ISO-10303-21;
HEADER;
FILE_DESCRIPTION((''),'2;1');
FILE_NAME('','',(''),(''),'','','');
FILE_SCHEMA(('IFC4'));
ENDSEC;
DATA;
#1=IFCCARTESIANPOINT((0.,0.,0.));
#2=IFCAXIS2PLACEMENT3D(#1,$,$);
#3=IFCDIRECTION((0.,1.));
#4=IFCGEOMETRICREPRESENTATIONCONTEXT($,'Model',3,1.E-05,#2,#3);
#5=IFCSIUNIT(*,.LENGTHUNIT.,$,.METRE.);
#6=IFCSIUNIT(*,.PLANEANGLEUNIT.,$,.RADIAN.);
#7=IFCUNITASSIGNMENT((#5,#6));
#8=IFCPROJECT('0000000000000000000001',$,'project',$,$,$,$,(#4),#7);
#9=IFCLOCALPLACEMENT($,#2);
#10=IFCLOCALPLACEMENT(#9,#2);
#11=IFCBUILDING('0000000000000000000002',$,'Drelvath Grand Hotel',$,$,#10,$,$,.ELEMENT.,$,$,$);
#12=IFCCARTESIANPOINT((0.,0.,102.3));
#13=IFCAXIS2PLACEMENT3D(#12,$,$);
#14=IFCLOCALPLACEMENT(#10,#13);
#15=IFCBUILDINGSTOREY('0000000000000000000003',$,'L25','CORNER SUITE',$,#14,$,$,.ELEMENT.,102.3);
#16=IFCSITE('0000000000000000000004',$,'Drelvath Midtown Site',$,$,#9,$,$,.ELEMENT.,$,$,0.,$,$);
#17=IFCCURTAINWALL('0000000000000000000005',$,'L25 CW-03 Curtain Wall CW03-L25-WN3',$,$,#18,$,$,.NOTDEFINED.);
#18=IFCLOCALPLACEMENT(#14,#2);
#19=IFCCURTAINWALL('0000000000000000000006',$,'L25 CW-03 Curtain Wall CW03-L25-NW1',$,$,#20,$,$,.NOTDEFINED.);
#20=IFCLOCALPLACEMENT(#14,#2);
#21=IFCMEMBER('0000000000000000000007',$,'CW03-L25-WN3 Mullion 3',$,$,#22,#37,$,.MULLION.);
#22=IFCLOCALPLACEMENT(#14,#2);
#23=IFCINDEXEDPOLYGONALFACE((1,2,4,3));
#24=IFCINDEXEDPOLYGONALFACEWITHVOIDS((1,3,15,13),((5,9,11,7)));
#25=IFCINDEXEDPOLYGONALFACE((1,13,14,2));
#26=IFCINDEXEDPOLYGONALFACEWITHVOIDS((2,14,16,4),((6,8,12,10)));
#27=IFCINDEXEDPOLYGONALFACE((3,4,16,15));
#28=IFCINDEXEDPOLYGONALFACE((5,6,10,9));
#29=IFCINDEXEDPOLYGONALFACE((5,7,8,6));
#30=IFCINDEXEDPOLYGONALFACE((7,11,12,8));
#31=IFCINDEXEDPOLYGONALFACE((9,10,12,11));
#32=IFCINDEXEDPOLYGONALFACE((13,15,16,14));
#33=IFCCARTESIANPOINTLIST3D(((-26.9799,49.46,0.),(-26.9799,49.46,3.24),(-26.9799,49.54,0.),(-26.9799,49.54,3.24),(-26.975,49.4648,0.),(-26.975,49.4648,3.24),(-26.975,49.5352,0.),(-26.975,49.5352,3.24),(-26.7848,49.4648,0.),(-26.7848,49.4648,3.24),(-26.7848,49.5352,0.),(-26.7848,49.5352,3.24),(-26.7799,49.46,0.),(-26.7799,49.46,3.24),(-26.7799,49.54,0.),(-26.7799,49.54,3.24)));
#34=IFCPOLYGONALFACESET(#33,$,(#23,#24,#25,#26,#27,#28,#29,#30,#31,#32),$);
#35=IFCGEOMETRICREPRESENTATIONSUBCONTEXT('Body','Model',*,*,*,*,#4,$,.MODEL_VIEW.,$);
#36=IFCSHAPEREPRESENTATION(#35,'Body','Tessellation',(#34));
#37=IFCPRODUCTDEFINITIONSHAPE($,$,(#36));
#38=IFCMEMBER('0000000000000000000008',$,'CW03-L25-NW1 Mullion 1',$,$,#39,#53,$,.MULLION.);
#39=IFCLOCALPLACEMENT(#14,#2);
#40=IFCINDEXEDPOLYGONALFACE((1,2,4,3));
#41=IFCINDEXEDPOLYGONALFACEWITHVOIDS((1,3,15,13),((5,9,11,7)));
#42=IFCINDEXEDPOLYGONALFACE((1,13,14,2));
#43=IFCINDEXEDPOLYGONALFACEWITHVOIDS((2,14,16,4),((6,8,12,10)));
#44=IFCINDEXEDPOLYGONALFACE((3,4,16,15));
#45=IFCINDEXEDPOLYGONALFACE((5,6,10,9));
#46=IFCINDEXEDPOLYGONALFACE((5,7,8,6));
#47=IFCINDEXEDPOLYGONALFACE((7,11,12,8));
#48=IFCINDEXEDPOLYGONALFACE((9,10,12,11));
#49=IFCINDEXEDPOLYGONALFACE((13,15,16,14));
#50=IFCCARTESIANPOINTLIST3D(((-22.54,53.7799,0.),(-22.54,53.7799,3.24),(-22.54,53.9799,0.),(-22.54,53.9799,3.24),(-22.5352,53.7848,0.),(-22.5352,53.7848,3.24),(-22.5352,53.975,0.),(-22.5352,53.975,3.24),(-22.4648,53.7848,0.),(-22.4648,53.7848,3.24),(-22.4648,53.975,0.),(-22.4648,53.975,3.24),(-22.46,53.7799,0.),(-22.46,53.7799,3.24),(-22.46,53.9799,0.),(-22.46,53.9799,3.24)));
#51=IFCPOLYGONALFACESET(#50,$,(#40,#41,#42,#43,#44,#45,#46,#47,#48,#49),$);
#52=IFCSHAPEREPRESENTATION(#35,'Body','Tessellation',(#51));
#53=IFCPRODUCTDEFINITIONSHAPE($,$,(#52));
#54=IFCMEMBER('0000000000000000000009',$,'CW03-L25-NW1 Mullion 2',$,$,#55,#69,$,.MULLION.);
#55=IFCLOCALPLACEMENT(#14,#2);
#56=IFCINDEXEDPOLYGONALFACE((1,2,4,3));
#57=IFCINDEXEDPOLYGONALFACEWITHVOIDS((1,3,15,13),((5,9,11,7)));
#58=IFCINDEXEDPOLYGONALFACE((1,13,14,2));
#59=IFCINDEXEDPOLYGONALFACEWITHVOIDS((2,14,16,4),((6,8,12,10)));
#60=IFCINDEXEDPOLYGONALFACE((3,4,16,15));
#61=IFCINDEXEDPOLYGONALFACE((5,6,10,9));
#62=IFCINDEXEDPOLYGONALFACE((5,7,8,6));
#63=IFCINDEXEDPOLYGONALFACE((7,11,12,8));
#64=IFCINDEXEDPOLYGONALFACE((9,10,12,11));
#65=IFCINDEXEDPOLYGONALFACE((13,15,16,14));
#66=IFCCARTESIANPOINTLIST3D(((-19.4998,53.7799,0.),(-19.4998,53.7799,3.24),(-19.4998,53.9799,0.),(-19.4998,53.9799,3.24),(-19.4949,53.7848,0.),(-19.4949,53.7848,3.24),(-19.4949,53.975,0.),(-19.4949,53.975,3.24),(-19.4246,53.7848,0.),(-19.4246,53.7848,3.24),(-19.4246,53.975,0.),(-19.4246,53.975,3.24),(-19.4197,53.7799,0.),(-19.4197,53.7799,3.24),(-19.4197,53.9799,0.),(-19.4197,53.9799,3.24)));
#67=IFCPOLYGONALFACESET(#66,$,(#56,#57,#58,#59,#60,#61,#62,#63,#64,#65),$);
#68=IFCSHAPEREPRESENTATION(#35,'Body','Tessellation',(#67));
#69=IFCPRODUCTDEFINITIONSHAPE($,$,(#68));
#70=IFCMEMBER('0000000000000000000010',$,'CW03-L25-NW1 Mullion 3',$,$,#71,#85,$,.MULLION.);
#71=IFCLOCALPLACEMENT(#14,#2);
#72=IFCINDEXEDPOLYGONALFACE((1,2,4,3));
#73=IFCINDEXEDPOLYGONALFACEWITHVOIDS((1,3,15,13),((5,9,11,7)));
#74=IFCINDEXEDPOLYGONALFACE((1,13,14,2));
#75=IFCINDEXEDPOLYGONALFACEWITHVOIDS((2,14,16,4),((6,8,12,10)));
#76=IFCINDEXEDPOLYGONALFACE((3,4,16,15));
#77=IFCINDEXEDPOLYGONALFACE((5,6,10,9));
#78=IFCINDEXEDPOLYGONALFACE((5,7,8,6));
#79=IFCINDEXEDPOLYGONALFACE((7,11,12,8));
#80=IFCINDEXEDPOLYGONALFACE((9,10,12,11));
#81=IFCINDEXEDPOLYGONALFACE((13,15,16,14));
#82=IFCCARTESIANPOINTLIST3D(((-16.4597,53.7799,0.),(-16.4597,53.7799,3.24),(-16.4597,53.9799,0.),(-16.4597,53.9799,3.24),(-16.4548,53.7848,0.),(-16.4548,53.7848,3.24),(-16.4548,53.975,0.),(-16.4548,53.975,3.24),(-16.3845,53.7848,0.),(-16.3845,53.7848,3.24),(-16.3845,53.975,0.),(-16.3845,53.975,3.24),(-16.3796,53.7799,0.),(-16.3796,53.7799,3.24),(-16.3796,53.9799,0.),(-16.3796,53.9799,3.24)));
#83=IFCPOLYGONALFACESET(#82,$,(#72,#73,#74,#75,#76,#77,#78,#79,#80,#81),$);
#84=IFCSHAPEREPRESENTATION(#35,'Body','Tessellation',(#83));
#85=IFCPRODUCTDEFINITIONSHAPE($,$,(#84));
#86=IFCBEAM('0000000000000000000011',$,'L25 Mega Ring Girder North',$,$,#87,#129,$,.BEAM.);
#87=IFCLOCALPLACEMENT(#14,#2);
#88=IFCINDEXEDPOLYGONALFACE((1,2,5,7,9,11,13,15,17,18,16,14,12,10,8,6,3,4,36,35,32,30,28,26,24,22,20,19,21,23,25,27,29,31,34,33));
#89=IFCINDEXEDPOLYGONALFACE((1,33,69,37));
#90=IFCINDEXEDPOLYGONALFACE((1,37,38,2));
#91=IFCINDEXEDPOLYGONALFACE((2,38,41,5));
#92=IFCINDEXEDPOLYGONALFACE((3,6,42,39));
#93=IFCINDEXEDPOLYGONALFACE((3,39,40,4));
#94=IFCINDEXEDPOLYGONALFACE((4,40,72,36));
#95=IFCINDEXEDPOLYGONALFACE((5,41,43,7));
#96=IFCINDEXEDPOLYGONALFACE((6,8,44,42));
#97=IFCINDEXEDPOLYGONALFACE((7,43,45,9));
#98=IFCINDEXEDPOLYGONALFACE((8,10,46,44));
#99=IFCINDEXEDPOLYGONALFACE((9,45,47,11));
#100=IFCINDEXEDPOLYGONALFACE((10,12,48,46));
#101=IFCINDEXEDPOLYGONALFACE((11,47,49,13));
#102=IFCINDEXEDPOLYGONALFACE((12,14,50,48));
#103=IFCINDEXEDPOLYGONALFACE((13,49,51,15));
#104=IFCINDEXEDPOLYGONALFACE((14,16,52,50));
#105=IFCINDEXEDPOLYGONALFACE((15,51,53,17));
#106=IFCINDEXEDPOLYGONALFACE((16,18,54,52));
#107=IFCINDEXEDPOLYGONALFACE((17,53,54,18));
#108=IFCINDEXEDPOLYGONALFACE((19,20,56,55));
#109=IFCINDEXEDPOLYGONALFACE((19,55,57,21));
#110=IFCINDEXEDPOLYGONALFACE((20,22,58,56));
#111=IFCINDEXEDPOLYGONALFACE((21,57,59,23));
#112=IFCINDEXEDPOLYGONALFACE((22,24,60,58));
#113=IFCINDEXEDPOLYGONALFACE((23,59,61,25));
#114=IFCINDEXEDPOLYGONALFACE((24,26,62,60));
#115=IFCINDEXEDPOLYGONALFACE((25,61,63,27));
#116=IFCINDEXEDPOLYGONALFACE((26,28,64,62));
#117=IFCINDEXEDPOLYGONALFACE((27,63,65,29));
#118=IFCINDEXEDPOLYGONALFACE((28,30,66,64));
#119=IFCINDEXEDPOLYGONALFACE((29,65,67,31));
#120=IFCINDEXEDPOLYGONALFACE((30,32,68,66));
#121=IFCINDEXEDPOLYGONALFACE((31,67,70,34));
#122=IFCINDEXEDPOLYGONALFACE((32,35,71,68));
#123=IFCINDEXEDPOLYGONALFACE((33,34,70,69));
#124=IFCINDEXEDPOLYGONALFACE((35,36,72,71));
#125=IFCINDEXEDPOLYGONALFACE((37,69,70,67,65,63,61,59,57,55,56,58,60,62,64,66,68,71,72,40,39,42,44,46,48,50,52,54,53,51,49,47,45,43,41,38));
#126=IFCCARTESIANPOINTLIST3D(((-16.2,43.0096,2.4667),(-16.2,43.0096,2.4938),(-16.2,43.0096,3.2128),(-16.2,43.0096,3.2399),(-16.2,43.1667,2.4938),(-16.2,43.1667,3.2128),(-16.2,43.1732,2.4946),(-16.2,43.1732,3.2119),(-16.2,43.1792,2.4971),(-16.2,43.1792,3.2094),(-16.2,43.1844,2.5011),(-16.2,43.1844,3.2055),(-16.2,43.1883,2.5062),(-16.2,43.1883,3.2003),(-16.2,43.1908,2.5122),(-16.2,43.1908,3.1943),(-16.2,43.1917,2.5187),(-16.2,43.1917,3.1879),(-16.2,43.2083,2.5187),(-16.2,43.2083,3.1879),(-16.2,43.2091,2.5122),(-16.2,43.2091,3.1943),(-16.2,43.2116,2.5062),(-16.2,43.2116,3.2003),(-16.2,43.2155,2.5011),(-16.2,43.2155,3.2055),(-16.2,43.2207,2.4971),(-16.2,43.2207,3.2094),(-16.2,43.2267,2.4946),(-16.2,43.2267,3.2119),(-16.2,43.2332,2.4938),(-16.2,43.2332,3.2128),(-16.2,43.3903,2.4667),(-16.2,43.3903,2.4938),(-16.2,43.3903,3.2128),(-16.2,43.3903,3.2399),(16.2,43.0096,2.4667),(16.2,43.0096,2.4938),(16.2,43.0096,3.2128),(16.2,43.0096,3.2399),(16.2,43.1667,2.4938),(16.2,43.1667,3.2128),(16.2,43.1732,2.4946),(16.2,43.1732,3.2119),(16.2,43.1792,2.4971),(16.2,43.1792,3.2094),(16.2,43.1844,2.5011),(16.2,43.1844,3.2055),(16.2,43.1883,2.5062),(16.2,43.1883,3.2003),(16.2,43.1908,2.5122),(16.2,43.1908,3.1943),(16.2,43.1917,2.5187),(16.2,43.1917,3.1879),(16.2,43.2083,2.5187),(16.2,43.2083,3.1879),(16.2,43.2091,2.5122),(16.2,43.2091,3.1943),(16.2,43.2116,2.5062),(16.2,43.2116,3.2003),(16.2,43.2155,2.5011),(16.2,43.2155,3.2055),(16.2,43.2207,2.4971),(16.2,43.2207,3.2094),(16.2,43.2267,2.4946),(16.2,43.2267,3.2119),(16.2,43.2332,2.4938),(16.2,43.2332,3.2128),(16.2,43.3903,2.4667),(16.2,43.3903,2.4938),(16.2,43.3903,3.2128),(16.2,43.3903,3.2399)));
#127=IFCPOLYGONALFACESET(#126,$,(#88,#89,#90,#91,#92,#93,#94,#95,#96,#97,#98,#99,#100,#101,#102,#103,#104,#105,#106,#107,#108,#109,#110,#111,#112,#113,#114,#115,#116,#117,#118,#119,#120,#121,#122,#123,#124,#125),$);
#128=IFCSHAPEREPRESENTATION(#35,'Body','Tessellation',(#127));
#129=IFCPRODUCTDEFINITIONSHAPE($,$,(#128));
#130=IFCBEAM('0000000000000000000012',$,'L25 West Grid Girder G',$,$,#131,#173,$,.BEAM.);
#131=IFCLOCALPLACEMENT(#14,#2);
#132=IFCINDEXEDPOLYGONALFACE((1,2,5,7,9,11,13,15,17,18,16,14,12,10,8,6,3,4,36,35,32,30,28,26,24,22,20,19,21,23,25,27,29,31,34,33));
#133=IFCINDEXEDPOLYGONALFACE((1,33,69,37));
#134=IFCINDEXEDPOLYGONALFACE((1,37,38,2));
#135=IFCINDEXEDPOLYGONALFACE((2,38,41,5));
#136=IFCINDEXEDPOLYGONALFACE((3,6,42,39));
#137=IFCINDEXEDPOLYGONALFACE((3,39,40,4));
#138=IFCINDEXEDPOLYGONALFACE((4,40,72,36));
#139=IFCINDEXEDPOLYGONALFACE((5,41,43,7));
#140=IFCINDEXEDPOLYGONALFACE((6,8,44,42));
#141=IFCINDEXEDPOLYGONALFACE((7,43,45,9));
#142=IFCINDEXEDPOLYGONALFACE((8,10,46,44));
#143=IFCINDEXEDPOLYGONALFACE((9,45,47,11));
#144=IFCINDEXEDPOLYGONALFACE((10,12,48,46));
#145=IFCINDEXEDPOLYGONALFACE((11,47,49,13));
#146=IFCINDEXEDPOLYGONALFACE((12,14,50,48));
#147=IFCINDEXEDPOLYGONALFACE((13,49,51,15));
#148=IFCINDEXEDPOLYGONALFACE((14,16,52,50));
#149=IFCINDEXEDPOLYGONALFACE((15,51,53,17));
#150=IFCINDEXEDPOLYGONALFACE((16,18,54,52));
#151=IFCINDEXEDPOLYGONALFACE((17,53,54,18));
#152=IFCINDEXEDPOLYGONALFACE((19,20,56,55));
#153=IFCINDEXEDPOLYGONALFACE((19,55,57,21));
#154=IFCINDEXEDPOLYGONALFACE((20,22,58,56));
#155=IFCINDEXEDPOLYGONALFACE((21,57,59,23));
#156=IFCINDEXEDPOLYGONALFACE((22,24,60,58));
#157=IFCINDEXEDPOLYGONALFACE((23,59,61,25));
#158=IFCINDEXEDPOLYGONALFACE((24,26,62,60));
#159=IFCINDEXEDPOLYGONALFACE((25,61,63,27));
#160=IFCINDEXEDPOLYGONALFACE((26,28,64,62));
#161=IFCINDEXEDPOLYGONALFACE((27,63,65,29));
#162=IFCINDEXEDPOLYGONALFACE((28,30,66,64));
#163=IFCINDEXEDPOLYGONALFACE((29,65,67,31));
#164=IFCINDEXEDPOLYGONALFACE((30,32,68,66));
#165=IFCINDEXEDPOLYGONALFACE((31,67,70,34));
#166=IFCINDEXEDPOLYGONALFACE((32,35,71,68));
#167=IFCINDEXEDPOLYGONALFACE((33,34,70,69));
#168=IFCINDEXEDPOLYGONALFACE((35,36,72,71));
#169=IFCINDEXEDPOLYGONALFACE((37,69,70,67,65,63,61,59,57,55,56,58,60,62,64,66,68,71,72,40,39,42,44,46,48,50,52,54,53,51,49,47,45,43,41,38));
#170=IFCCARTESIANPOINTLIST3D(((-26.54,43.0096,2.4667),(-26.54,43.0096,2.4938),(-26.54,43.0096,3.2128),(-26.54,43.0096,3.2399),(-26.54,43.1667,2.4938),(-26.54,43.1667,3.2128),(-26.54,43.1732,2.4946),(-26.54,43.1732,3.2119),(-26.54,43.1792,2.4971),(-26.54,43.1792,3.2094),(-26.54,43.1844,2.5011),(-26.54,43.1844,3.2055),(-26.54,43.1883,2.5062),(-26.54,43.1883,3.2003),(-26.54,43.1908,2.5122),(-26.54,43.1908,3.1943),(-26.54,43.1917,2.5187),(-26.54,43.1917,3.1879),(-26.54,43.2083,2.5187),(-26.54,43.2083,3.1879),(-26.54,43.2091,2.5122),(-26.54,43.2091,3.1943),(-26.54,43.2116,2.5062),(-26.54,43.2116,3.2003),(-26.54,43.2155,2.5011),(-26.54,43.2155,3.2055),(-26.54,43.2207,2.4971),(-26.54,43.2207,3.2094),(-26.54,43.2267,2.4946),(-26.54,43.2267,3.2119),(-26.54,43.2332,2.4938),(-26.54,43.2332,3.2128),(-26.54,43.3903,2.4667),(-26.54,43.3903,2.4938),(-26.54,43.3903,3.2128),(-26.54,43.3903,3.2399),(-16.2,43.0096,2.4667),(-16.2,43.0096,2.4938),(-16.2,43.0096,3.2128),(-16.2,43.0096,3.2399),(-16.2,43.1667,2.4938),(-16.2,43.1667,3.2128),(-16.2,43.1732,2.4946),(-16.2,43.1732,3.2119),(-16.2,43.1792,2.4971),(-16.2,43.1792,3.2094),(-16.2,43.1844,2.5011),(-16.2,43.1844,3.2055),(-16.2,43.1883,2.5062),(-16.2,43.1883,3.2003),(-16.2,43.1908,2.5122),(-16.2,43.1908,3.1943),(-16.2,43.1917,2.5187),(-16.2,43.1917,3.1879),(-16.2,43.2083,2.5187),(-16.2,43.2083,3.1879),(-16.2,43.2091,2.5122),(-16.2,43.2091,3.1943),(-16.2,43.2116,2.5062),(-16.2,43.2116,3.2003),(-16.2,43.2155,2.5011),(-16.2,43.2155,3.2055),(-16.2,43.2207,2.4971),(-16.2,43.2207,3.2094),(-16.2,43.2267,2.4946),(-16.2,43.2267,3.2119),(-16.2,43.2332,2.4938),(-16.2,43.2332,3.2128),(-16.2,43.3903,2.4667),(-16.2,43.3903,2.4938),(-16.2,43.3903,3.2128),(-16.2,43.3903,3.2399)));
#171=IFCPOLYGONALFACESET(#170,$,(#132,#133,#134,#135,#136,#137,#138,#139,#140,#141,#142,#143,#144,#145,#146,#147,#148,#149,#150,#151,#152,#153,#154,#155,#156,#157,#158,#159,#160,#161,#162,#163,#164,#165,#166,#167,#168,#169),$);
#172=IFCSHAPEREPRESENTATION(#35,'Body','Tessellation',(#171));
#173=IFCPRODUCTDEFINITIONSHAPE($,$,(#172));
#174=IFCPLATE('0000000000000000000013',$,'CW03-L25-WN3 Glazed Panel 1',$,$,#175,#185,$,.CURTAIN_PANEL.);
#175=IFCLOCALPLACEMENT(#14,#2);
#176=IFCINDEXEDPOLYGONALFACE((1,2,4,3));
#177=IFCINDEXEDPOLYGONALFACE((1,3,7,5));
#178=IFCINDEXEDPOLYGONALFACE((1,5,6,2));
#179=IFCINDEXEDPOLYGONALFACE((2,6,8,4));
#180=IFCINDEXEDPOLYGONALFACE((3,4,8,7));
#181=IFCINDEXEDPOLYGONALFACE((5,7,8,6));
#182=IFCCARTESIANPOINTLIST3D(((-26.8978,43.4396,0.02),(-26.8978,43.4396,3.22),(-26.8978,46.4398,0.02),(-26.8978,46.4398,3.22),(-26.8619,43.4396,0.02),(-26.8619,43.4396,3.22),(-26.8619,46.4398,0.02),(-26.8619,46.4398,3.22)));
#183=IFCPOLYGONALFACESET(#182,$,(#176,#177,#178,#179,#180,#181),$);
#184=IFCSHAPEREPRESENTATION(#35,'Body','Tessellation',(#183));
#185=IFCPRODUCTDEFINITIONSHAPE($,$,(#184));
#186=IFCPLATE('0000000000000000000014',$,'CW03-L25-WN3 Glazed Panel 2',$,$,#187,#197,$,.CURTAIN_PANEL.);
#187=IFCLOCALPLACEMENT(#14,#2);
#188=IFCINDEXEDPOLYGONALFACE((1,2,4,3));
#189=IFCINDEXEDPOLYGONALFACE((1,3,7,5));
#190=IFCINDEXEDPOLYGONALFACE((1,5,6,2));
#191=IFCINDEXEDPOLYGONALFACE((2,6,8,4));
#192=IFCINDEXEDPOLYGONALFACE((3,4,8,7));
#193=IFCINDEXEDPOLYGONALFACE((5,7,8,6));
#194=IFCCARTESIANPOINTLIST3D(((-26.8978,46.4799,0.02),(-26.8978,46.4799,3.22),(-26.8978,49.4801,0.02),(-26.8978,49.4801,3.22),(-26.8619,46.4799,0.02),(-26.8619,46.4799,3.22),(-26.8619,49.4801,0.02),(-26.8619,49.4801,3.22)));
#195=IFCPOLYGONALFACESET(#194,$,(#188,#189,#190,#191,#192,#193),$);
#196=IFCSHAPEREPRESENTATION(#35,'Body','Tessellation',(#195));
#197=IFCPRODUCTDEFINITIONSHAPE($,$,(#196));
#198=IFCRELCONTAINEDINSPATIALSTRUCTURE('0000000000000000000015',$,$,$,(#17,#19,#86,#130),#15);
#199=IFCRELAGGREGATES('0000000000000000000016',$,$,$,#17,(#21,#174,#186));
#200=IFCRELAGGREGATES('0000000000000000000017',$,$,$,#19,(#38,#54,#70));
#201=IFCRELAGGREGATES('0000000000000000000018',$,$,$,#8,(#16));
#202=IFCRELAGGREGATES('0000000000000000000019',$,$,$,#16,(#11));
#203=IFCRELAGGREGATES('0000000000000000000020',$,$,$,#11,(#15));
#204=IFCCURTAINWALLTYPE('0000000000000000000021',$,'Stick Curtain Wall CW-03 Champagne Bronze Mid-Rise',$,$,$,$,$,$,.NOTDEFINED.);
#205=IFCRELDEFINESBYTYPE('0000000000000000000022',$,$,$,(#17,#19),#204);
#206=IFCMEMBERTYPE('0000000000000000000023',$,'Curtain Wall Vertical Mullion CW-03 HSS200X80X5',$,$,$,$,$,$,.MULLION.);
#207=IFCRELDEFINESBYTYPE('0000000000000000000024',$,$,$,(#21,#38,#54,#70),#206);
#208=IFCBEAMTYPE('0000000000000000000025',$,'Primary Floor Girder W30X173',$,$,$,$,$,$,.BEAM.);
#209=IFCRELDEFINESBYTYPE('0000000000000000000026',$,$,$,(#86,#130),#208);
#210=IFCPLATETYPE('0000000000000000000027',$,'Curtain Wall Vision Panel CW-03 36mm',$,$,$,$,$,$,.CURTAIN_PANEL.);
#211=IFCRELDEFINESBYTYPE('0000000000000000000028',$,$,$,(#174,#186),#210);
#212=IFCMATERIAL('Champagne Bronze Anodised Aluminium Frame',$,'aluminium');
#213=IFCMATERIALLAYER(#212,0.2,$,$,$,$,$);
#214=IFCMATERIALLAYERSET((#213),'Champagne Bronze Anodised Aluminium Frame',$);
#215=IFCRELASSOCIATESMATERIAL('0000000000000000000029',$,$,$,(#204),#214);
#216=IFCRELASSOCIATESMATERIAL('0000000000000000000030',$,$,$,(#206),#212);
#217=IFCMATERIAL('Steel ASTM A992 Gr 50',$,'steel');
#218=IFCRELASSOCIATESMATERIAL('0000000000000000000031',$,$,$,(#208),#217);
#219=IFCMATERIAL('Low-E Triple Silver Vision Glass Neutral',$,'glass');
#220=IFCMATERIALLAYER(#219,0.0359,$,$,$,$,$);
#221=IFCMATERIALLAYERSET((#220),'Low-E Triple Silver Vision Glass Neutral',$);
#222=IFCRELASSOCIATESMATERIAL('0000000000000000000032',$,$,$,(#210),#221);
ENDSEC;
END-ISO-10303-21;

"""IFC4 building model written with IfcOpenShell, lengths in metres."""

from ifc_helpers import new_model, si_unit, direction, frame, origin, origin_2d, place, context, subcontext, project, spatial, rectangle, hollow_rectangle, i_section, extrude, material, layer, layer_set, material_profile, profile_set, type_object, element, aggregate, save


model = new_model("IFC4")

# Units and contexts
model_context = context("Model", 3, precision=1e-05, world=origin(), true_north=direction((0.0, 1.0)))
body_context = subcontext(model_context, "Body", "Model", "MODEL_VIEW")
ifc_project = project(units=[si_unit("LENGTHUNIT", "METRE"), si_unit("PLANEANGLEUNIT", "RADIAN")], contexts=[model_context])

# Site, building, storey
site_placement = place(None, origin())
site = spatial("IfcSite", under=ifc_project, at=site_placement, Name="Drelvath Midtown Site", CompositionType="ELEMENT", RefElevation=0.0)
building_placement = place(site_placement, origin())
building = spatial("IfcBuilding", under=site, at=building_placement, Name="Drelvath Grand Hotel", CompositionType="ELEMENT")
storey_placement = place(building_placement, frame((0.0, 0.0, 102.3)))
storey = spatial("IfcBuildingStorey", under=building, at=storey_placement, Name="L25", Description="CORNER SUITE", CompositionType="ELEMENT", Elevation=102.3)

# Shared definitions
ifc_material_1 = material(Name="Steel ASTM A992 Gr 50", Category="steel")

# Curtain walls
ifc_material_2 = material(Name="Champagne Bronze Anodised Aluminium Frame", Category="aluminium")
ifc_layer_1 = layer(ifc_material_2, 0.2)
ifc_layer_set_1 = layer_set([ifc_layer_1], Name="Champagne Bronze Anodised Aluminium Frame")
curtain_wall_type = type_object("IfcCurtainWallType", Name="Stick Curtain Wall CW-03 Champagne Bronze Mid-Rise", PredefinedType="NOTDEFINED", material=ifc_layer_set_1)
curtain_wall_1_placement = place(storey_placement, origin())
curtain_wall_1 = element("IfcCurtainWall", 1, at=curtain_wall_1_placement, inside=storey, type_object=curtain_wall_type, Name="L25 CW-03 Curtain Wall CW03-L25-WN3", PredefinedType="NOTDEFINED")
curtain_wall_2_placement = place(storey_placement, origin())
curtain_wall_2 = element("IfcCurtainWall", 2, at=curtain_wall_2_placement, inside=storey, type_object=curtain_wall_type, Name="L25 CW-03 Curtain Wall CW03-L25-NW1", PredefinedType="NOTDEFINED")

# Members
ifc_material_profile_1 = material_profile(ifc_material_2, hollow_rectangle(XDim=0.0801, YDim=0.2, WallThickness=0.0049, at=origin_2d()), Name="HSS200X80X5")
ifc_profile_set_1 = profile_set([ifc_material_profile_1], Name="Champagne Bronze Anodised Aluminium Frame")
member_type_1 = type_object("IfcMemberType", Name="Curtain Wall Vertical Mullion CW-03 HSS200X80X5", PredefinedType="MULLION", material=ifc_profile_set_1)
member_1_placement = place(storey_placement, frame((-26.8799, 49.5, 0.0), z_axis=(0.0, 0.0, 1.0), x_axis=(0.0, 1.0, 0.0)))
member_1 = element("IfcMember", 3, at=member_1_placement, type_object=member_type_1, Name="CW03-L25-WN3 Mullion 3", PredefinedType="MULLION", context=body_context, shape_type="SweptSolid", body=[
    extrude(hollow_rectangle(XDim=0.0801, YDim=0.2, WallThickness=0.0049, at=origin_2d()), origin(), (0.0, 0.0, 1.0), 3.24),
])
member_2_placement = place(storey_placement, frame((-22.5, 53.8799, 0.0), z_axis=(0.0, 0.0, 1.0), x_axis=(1.0, 0.0, 0.0)))
member_2 = element("IfcMember", 4, at=member_2_placement, type_object=member_type_1, Name="CW03-L25-NW1 Mullion 1", PredefinedType="MULLION", context=body_context, shape_type="SweptSolid", body=[
    extrude(hollow_rectangle(XDim=0.0801, YDim=0.2, WallThickness=0.0049, at=origin_2d()), origin(), (0.0, 0.0, 1.0), 3.24),
])
member_3_placement = place(storey_placement, frame((-19.4597, 53.8799, 0.0), z_axis=(0.0, 0.0, 1.0), x_axis=(1.0, 0.0, 0.0)))
member_3 = element("IfcMember", 5, at=member_3_placement, type_object=member_type_1, Name="CW03-L25-NW1 Mullion 2", PredefinedType="MULLION", context=body_context, shape_type="SweptSolid", body=[
    extrude(hollow_rectangle(XDim=0.0801, YDim=0.2, WallThickness=0.0049, at=origin_2d()), origin(), (0.0, 0.0, 1.0), 3.24),
])
member_4_placement = place(storey_placement, frame((-16.4197, 53.8799, 0.0), z_axis=(0.0, 0.0, 1.0), x_axis=(1.0, 0.0, 0.0)))
member_4 = element("IfcMember", 6, at=member_4_placement, type_object=member_type_1, Name="CW03-L25-NW1 Mullion 3", PredefinedType="MULLION", context=body_context, shape_type="SweptSolid", body=[
    extrude(hollow_rectangle(XDim=0.0801, YDim=0.2, WallThickness=0.0049, at=origin_2d()), origin(), (0.0, 0.0, 1.0), 3.24),
])

# Beams
ifc_material_profile_2 = material_profile(ifc_material_1, i_section(OverallWidth=0.3806, OverallDepth=0.7732, WebThickness=0.0166, FlangeThickness=0.0271, FilletRadius=0.0249, at=origin_2d()), Name="W30X173")
ifc_profile_set_2 = profile_set([ifc_material_profile_2], Name="Steel ASTM A992 Gr 50")
beam_type_1 = type_object("IfcBeamType", Name="Primary Floor Girder W30X173", PredefinedType="BEAM", material=ifc_profile_set_2)
beam_1_placement = place(storey_placement, frame((-16.2, 43.2, 2.8533), z_axis=(1.0, 0.0, 0.0), x_axis=(0.0, 1.0, 0.0)))
element("IfcBeam", 7, at=beam_1_placement, inside=storey, type_object=beam_type_1, Name="L25 Mega Ring Girder North", PredefinedType="BEAM", context=body_context, shape_type="SweptSolid", body=[
    extrude(i_section(OverallWidth=0.3806, OverallDepth=0.7732, WebThickness=0.0166, FlangeThickness=0.0271, FilletRadius=0.0249, at=origin_2d()), origin(), (0.0, 0.0, 1.0), 32.3999),
])
beam_2_placement = place(storey_placement, frame((-26.54, 43.2, 2.8533), z_axis=(1.0, 0.0, 0.0), x_axis=(0.0, 1.0, 0.0)))
element("IfcBeam", 8, at=beam_2_placement, inside=storey, type_object=beam_type_1, Name="L25 West Grid Girder G", PredefinedType="BEAM", context=body_context, shape_type="SweptSolid", body=[
    extrude(i_section(OverallWidth=0.3806, OverallDepth=0.7732, WebThickness=0.0166, FlangeThickness=0.0271, FilletRadius=0.0249, at=origin_2d()), origin(), (0.0, 0.0, 1.0), 10.3401),
])

# Plates
ifc_material_3 = material(Name="Low-E Triple Silver Vision Glass Neutral", Category="glass")
ifc_layer_2 = layer(ifc_material_3, 0.0359)
ifc_layer_set_2 = layer_set([ifc_layer_2], Name="Low-E Triple Silver Vision Glass Neutral")
plate_type = type_object("IfcPlateType", Name="Curtain Wall Vision Panel CW-03 36mm", PredefinedType="CURTAIN_PANEL", material=ifc_layer_set_2)
plate_1_placement = place(storey_placement, frame((-26.8799, 44.9397, 0.02), z_axis=(0.0, 0.0, 1.0), x_axis=(0.0, 1.0, 0.0)))
plate_1 = element("IfcPlate", 9, at=plate_1_placement, type_object=plate_type, Name="CW03-L25-WN3 Glazed Panel 1", PredefinedType="CURTAIN_PANEL", context=body_context, shape_type="SweptSolid", body=[
    extrude(rectangle(XDim=3.0002, YDim=0.0359, at=origin_2d()), origin(), (0.0, 0.0, 1.0), 3.2),
])
plate_2_placement = place(storey_placement, frame((-26.8799, 47.98, 0.02), z_axis=(0.0, 0.0, 1.0), x_axis=(0.0, 1.0, 0.0)))
plate_2 = element("IfcPlate", 10, at=plate_2_placement, type_object=plate_type, Name="CW03-L25-WN3 Glazed Panel 2", PredefinedType="CURTAIN_PANEL", context=body_context, shape_type="SweptSolid", body=[
    extrude(rectangle(XDim=3.0002, YDim=0.0359, at=origin_2d()), origin(), (0.0, 0.0, 1.0), 3.2),
])
aggregate(curtain_wall_1, [member_1, plate_1, plate_2])
aggregate(curtain_wall_2, [member_2, member_3, member_4])

save(model, "model.ifc")
